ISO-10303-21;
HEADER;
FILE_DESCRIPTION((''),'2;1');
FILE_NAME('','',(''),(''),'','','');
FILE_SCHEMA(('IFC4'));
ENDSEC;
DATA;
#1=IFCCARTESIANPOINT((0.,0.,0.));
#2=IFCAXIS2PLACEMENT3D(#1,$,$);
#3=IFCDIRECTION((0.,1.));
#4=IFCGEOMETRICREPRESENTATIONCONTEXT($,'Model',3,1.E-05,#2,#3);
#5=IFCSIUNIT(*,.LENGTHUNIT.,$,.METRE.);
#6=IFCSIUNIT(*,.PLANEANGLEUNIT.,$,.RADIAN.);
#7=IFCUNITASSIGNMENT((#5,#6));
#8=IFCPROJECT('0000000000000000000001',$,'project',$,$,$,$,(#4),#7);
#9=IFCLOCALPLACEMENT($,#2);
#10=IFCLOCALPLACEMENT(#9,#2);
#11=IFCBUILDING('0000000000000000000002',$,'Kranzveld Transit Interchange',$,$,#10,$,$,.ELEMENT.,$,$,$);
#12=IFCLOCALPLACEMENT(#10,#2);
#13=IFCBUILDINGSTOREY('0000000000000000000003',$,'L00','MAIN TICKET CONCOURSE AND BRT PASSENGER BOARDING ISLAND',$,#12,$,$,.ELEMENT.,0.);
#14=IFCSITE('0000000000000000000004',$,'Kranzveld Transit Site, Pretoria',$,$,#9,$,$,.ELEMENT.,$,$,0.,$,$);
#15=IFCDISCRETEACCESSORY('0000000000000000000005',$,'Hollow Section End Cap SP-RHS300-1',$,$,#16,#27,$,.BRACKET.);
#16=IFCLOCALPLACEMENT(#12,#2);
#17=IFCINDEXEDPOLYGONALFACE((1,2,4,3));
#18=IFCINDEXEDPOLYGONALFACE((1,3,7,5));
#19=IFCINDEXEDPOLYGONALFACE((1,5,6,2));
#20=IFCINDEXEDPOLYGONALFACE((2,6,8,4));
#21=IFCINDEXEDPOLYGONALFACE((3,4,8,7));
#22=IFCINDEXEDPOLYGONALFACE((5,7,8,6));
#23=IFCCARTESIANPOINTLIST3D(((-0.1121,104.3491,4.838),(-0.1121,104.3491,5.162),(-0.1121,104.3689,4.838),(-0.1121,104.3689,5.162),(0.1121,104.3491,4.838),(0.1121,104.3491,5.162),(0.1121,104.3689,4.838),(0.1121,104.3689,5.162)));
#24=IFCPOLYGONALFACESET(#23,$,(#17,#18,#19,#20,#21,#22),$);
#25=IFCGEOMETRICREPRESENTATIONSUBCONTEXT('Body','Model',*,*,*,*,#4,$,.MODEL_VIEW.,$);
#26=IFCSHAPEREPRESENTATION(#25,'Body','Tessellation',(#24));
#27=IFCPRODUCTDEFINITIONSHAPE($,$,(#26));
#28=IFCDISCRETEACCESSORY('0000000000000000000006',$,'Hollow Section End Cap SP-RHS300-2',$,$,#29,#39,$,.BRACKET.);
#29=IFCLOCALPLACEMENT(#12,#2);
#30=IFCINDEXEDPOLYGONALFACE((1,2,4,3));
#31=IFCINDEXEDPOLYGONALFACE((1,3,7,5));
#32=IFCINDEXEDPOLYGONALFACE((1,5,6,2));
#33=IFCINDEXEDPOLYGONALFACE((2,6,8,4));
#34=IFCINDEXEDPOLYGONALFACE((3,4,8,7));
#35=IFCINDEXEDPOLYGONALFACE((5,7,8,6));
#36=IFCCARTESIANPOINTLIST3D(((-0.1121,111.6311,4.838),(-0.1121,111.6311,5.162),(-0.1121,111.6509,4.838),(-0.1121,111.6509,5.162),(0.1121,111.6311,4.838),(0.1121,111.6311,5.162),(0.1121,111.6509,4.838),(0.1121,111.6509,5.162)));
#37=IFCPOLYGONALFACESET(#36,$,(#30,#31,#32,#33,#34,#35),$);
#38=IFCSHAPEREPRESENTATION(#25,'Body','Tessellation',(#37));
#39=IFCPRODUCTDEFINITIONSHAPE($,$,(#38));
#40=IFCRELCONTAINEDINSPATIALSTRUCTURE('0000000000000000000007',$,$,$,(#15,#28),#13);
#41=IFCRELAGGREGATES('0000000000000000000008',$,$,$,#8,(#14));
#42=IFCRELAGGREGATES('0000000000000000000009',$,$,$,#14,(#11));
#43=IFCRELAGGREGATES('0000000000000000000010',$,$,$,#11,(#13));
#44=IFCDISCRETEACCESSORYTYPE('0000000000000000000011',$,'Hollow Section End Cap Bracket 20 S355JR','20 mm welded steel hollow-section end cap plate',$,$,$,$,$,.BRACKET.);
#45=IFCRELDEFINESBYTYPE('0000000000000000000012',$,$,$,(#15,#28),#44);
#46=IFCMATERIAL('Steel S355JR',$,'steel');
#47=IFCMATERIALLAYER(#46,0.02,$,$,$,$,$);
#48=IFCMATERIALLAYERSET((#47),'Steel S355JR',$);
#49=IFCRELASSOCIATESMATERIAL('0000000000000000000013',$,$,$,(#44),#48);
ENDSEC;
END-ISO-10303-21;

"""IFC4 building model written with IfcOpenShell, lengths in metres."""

from ifc_helpers import new_model, si_unit, direction, frame, origin, origin_2d, place, context, subcontext, project, spatial, rectangle, extrude, material, layer, layer_set, type_object, element, save


model = new_model("IFC4")

# Units and contexts
model_context = context("Model", 3, precision=1e-05, world=origin(), true_north=direction((0.0, 1.0)))
body_context = subcontext(model_context, "Body", "Model", "MODEL_VIEW")
ifc_project = project(units=[si_unit("LENGTHUNIT", "METRE"), si_unit("PLANEANGLEUNIT", "RADIAN")], contexts=[model_context])

# Site, building, storey
site_placement = place(None, origin())
site = spatial("IfcSite", under=ifc_project, at=site_placement, Name="Kranzveld Transit Site, Pretoria", CompositionType="ELEMENT", RefElevation=0.0)
building_placement = place(site_placement, origin())
building = spatial("IfcBuilding", under=site, at=building_placement, Name="Kranzveld Transit Interchange", CompositionType="ELEMENT")
storey_placement = place(building_placement, origin())
storey = spatial("IfcBuildingStorey", under=building, at=storey_placement, Name="L00", Description="MAIN TICKET CONCOURSE AND BRT PASSENGER BOARDING ISLAND", CompositionType="ELEMENT", Elevation=0.0)

# Discrete accessories
ifc_material_1 = material(Name="Steel S355JR", Category="steel")
ifc_layer_1 = layer(ifc_material_1, 0.02)
ifc_layer_set_1 = layer_set([ifc_layer_1], Name="Steel S355JR")
discrete_accessory_type = type_object("IfcDiscreteAccessoryType", Name="Hollow Section End Cap Bracket 20 S355JR", Description="20 mm welded steel hollow-section end cap plate", PredefinedType="BRACKET", material=ifc_layer_set_1)
for number, where, z_axis, x_axis, name in (
    (1, (0.0, 104.3689, 5.0), (0.0, -1.0, 0.0), (1.0, 0.0, 0.0), "Hollow Section End Cap SP-RHS300-1"),
    (2, (0.0, 111.6311, 5.0), (0.0, 1.0, 0.0), (-1.0, 0.0, 0.0), "Hollow Section End Cap SP-RHS300-2"),
):
    element("IfcDiscreteAccessory", number, at=place(storey_placement, frame(where, z_axis=z_axis, x_axis=x_axis)), inside=storey, type_object=discrete_accessory_type, Name=name, PredefinedType="BRACKET", context=body_context, shape_type="SweptSolid", body=[
        extrude(rectangle(XDim=0.2241, YDim=0.324, at=origin_2d()), origin(), (0.0, 0.0, 1.0), 0.0198),
    ])

save(model, "model.ifc")
